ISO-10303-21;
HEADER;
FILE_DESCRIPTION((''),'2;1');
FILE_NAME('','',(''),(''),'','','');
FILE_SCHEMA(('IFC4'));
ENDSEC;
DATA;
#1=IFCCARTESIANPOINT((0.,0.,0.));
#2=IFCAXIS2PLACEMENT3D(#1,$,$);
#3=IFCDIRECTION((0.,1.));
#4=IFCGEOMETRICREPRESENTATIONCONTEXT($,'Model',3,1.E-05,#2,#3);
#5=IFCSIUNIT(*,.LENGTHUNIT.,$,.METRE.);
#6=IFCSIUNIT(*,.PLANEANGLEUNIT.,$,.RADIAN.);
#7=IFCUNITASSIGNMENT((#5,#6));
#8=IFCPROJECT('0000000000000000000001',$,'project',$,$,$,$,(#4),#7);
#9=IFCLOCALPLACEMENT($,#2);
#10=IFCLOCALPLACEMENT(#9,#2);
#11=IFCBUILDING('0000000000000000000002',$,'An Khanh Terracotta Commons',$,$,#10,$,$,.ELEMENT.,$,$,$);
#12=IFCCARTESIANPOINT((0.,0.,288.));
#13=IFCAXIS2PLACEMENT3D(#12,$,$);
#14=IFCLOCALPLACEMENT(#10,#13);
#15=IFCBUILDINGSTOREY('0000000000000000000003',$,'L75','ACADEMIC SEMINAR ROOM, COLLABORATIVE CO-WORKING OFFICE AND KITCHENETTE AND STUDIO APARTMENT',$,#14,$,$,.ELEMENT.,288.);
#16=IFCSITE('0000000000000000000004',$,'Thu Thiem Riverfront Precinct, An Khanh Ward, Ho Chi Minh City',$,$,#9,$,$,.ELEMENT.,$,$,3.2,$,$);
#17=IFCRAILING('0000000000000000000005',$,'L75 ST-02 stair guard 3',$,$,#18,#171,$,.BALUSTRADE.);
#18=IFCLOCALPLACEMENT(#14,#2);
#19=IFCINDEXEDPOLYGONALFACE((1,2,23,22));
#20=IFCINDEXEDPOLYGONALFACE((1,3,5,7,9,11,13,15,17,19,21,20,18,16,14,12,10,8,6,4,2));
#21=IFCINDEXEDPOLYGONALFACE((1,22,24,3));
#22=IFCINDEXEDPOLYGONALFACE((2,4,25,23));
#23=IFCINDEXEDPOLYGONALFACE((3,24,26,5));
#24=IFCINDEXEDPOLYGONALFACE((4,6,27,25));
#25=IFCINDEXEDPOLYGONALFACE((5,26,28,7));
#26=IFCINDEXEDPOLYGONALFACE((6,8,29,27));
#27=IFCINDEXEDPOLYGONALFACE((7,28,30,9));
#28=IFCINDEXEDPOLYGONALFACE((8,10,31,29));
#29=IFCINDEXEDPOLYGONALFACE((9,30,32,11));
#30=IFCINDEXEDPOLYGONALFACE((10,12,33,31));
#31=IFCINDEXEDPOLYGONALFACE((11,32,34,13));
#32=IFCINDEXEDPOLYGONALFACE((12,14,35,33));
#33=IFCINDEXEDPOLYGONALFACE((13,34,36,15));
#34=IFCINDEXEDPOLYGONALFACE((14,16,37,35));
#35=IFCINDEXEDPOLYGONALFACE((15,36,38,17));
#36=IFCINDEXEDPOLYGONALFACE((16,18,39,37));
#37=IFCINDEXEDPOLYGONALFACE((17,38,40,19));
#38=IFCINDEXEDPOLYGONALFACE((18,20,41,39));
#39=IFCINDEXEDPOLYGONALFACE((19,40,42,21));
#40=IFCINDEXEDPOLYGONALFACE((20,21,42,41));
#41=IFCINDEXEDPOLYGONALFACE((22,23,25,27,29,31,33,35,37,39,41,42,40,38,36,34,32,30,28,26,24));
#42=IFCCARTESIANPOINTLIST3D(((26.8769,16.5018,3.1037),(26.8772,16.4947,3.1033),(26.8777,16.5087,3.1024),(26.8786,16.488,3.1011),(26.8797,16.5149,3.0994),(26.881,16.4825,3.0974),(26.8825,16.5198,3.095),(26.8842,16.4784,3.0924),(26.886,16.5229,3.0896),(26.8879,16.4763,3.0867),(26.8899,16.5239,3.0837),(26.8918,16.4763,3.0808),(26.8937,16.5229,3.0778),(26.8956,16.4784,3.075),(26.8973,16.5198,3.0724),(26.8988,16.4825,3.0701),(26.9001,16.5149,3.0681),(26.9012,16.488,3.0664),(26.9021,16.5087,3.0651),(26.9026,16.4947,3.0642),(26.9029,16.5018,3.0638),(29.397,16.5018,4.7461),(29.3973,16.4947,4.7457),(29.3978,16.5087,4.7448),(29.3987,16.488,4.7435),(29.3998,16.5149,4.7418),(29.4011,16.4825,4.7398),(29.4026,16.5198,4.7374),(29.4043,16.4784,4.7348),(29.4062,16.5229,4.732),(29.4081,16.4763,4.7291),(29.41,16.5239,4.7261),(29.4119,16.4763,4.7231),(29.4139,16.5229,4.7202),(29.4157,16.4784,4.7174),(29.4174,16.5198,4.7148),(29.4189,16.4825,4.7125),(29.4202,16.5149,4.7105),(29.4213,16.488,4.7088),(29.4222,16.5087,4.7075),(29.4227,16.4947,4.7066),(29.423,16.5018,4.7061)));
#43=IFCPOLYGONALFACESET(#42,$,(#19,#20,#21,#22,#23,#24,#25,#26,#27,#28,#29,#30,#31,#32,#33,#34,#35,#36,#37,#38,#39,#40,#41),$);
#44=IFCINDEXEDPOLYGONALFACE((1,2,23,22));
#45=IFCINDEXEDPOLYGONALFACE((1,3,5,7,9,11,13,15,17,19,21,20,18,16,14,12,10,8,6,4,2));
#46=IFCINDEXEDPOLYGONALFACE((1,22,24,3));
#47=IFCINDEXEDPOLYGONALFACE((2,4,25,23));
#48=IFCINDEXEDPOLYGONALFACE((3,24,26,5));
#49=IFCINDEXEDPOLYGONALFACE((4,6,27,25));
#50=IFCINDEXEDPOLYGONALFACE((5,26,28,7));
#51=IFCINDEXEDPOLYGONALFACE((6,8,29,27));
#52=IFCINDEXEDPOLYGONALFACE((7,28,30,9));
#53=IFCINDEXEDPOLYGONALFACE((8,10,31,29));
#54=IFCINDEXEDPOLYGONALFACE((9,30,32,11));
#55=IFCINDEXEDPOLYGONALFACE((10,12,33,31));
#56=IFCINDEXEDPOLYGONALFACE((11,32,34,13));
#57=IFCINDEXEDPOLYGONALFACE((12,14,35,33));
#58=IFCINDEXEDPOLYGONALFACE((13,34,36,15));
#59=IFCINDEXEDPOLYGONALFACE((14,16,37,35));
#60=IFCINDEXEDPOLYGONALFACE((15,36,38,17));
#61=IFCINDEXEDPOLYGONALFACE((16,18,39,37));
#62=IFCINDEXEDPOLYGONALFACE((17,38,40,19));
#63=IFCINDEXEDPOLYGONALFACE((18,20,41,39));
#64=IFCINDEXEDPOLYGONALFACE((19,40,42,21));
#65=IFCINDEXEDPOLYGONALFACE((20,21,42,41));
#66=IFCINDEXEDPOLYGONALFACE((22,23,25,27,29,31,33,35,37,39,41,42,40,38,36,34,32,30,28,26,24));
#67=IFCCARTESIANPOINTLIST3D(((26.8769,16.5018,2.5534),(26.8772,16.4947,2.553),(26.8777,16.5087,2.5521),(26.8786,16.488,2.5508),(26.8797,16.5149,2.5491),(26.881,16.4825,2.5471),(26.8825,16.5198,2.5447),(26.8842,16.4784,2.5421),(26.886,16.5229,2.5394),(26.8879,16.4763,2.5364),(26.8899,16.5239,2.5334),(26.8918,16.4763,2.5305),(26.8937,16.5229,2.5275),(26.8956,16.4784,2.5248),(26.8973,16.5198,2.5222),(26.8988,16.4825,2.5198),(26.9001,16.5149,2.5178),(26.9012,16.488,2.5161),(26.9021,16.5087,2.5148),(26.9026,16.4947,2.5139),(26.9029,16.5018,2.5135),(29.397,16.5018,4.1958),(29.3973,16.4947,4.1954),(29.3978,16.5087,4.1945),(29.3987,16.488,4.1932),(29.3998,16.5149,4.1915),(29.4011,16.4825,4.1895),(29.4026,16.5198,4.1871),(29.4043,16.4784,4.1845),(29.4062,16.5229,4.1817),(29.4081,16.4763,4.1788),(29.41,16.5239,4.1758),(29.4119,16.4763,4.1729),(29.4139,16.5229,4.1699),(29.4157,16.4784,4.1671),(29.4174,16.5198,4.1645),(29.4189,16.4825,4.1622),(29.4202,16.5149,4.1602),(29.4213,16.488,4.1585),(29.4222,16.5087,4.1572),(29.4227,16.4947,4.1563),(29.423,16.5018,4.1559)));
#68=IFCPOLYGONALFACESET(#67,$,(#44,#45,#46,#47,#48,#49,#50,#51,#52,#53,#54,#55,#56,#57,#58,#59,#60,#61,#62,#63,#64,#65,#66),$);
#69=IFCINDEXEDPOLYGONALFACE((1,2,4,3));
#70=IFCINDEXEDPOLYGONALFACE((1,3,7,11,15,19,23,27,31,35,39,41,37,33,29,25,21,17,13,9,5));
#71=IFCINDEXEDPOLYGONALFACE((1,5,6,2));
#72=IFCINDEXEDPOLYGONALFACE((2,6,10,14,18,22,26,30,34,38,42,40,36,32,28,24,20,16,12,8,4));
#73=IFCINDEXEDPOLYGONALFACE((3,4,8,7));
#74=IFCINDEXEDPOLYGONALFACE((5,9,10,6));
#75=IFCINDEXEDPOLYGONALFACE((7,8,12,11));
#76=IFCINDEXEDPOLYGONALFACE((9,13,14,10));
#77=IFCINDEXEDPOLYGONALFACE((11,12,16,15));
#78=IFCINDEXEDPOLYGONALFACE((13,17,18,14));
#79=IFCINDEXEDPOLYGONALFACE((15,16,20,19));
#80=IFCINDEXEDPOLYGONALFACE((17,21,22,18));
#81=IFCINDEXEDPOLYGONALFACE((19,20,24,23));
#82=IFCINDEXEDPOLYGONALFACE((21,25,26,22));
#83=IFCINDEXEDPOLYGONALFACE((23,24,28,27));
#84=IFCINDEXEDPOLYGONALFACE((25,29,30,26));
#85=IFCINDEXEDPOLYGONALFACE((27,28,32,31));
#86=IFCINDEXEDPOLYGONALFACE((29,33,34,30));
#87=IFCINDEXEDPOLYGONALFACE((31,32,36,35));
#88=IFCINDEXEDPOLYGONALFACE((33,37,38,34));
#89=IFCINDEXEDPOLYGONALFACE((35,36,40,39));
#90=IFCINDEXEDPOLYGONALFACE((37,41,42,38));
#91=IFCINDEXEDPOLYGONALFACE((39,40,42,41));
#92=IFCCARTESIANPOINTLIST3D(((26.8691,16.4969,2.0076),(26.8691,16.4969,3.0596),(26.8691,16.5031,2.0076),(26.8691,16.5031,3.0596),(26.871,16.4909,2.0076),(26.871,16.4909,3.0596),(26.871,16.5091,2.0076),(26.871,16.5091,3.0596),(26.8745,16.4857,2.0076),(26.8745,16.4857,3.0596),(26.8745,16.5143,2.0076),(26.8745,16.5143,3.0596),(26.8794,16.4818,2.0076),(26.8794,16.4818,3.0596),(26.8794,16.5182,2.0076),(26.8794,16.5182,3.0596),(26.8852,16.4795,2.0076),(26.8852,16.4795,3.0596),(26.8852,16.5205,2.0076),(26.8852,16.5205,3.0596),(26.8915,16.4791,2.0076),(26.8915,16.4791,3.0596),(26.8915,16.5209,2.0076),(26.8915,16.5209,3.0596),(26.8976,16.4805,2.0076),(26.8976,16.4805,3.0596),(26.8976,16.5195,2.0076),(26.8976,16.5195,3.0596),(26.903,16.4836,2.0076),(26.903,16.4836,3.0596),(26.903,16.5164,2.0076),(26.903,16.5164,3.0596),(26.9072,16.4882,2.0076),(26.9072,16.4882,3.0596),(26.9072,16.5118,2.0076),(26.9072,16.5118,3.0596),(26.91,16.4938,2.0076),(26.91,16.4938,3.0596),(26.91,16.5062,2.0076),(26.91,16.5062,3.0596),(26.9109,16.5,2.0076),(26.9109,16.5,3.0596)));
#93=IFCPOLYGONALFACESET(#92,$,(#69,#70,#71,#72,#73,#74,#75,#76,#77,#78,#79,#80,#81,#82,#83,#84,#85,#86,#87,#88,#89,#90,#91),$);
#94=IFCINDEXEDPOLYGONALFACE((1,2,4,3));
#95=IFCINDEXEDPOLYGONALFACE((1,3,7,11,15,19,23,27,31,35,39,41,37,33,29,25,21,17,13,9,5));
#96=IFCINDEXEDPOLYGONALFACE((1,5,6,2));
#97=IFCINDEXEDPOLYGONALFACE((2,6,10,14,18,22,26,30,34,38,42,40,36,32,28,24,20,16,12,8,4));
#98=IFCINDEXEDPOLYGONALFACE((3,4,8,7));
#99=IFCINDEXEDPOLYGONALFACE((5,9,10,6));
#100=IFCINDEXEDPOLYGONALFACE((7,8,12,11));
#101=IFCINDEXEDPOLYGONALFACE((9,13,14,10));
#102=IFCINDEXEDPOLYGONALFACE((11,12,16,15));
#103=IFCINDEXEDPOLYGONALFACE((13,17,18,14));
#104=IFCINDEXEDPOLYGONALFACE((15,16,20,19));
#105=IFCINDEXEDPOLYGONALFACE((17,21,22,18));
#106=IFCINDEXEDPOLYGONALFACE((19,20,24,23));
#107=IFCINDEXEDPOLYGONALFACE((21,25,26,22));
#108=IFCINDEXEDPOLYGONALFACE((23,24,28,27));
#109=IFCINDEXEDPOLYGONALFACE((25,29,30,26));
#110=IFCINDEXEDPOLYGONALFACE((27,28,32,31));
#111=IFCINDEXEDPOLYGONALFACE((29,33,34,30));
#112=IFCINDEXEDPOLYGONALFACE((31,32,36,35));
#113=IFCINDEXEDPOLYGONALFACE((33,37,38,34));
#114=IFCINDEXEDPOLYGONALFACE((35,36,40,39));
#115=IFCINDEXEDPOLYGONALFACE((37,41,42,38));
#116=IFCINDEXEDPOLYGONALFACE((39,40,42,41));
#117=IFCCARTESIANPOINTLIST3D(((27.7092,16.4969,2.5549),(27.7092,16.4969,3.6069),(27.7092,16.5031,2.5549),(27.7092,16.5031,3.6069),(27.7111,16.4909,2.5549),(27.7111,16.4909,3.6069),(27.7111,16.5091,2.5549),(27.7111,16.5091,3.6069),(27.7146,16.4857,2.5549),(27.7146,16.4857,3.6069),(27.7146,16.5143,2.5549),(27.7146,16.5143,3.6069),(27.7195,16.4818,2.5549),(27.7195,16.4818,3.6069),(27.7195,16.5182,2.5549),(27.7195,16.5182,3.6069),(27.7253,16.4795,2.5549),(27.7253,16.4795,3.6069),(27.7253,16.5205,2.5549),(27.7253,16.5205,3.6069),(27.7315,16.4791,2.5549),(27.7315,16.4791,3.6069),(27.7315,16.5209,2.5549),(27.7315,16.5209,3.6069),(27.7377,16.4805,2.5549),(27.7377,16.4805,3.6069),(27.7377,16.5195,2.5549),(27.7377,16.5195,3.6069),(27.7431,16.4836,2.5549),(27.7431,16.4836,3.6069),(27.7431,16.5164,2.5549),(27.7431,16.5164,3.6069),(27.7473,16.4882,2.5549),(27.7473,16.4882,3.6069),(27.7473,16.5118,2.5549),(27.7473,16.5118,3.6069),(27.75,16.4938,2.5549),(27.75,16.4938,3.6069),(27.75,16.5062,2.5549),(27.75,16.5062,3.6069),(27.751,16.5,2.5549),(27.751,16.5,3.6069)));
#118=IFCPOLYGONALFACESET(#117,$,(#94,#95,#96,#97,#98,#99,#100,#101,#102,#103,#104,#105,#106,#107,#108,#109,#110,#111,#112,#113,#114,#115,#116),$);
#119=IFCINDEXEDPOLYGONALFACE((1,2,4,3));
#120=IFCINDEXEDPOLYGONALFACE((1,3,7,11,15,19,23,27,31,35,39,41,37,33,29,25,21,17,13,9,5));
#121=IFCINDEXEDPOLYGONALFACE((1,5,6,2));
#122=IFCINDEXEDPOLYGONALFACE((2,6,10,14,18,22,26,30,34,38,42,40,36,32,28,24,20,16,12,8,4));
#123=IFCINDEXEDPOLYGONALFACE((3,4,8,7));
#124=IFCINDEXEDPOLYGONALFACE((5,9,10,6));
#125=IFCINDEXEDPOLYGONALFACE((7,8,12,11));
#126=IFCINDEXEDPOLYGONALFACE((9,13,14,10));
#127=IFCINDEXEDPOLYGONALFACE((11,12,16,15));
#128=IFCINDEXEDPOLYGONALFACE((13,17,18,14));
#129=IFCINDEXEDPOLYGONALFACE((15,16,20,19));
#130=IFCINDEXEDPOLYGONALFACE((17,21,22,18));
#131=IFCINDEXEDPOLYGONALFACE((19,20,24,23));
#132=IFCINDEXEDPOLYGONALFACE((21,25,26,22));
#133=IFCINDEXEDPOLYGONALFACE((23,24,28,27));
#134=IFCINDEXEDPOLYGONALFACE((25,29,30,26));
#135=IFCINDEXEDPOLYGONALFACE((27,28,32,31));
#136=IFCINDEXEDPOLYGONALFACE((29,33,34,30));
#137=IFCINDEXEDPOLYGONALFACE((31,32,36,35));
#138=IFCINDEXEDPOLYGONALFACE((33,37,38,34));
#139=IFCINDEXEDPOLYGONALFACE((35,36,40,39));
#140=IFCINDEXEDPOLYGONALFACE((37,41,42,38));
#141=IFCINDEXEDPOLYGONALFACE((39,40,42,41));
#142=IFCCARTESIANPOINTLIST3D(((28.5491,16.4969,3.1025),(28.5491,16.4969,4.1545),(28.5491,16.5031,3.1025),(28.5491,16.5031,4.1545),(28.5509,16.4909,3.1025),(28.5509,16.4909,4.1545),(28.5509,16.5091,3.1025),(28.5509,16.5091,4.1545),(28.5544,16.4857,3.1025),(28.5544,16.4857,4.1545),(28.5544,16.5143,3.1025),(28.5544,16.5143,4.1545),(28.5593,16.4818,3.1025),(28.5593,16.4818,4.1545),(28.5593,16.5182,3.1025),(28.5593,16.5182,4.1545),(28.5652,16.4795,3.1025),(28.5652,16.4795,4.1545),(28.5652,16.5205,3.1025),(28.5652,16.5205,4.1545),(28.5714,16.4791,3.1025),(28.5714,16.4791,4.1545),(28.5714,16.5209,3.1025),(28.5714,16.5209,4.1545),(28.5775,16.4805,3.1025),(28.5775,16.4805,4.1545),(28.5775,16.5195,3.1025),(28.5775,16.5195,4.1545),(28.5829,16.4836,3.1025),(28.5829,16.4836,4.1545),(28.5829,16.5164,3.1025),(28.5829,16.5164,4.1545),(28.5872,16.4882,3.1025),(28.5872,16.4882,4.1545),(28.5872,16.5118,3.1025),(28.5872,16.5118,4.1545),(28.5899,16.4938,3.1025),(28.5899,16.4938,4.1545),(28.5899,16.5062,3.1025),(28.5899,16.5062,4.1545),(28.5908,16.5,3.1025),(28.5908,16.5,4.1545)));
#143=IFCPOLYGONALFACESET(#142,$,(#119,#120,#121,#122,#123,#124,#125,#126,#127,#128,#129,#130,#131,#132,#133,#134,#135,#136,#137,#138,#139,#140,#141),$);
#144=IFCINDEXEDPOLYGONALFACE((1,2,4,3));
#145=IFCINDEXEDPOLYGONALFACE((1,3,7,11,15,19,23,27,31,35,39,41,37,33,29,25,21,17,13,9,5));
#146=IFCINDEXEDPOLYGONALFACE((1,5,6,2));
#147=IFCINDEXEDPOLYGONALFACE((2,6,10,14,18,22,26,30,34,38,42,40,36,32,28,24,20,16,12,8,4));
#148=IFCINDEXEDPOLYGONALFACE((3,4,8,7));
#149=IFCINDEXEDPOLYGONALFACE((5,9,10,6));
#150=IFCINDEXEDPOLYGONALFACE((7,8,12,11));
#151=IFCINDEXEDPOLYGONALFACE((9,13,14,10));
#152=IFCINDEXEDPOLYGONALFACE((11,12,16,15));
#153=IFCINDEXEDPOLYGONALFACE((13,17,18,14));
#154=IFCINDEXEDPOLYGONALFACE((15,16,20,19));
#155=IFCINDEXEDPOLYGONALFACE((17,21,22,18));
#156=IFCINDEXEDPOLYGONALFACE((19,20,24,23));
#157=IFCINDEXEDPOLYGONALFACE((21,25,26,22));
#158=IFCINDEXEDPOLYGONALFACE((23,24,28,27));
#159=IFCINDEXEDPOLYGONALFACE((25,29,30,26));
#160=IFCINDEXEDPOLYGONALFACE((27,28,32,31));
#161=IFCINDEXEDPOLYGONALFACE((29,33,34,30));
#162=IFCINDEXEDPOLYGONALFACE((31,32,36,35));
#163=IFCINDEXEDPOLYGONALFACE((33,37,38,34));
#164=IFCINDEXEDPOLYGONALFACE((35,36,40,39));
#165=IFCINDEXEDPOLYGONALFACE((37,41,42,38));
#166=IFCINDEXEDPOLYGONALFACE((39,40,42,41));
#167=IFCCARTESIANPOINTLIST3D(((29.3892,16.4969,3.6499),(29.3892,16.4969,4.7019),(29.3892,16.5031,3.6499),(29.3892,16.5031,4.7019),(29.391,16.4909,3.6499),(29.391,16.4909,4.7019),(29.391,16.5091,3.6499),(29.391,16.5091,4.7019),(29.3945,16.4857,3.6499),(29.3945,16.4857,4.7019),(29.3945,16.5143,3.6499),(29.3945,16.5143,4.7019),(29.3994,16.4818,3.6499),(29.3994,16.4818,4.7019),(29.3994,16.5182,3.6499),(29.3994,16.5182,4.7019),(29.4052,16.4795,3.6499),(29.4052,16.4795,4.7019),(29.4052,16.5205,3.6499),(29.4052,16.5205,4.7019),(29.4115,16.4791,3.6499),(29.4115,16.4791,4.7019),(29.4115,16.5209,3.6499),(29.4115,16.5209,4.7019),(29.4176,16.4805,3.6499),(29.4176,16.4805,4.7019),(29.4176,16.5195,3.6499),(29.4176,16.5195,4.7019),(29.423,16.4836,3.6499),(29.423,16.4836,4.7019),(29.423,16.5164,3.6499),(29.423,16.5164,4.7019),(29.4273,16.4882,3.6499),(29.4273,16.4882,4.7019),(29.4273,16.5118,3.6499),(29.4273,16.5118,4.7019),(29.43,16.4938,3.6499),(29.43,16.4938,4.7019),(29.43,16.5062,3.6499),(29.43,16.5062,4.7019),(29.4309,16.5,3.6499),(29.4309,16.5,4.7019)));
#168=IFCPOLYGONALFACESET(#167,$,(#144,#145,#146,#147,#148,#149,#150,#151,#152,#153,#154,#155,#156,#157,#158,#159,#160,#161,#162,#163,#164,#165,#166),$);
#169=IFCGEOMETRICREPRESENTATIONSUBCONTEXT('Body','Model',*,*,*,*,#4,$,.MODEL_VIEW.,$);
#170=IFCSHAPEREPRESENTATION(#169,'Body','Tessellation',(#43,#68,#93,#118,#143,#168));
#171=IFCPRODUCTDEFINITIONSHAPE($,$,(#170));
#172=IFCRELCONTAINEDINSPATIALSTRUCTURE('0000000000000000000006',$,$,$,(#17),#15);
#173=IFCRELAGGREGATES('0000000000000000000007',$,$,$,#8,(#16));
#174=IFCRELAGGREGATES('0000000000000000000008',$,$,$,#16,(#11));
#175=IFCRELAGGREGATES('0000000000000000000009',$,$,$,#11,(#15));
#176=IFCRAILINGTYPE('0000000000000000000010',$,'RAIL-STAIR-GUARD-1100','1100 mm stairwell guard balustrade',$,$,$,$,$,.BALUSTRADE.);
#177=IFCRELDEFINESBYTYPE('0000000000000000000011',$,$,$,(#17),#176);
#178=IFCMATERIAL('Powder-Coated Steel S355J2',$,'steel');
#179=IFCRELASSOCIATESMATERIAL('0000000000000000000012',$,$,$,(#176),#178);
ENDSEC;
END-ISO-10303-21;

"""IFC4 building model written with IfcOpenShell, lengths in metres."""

from ifc_helpers import new_model, si_unit, direction, frame, origin, origin_2d, place, context, subcontext, project, spatial, circle, extrude, material, type_object, element, save


model = new_model("IFC4")

# Units and contexts
model_context = context("Model", 3, precision=1e-05, world=origin(), true_north=direction((0.0, 1.0)))
body_context = subcontext(model_context, "Body", "Model", "MODEL_VIEW")
ifc_project = project(units=[si_unit("LENGTHUNIT", "METRE"), si_unit("PLANEANGLEUNIT", "RADIAN")], contexts=[model_context])

# Site, building, storey
site_placement = place(None, origin())
site = spatial("IfcSite", under=ifc_project, at=site_placement, Name="Thu Thiem Riverfront Precinct, An Khanh Ward, Ho Chi Minh City", CompositionType="ELEMENT", RefElevation=3.2)
building_placement = place(site_placement, origin())
building = spatial("IfcBuilding", under=site, at=building_placement, Name="An Khanh Terracotta Commons", CompositionType="ELEMENT")
storey_placement = place(building_placement, frame((0.0, 0.0, 288.0)))
storey = spatial("IfcBuildingStorey", under=building, at=storey_placement, Name="L75", Description="ACADEMIC SEMINAR ROOM, COLLABORATIVE CO-WORKING OFFICE AND KITCHENETTE AND STUDIO APARTMENT", CompositionType="ELEMENT", Elevation=288.0)

# Railing
ifc_material_1 = material(Name="Powder-Coated Steel S355J2", Category="steel")
railing_type_1 = type_object("IfcRailingType", Name="RAIL-STAIR-GUARD-1100", Description="1100 mm stairwell guard balustrade", PredefinedType="BALUSTRADE", material=ifc_material_1)
railing_1_placement = place(storey_placement, frame((26.8899, 16.5, 2.0076)))
element("IfcRailing", 1, at=railing_1_placement, inside=storey, type_object=railing_type_1, Name="L75 ST-02 stair guard 3", PredefinedType="BALUSTRADE", context=body_context, shape_type="SweptSolid", body=[
    extrude(circle(Radius=0.0239, at=origin_2d()), frame((0.0, 0.0, 1.0762), z_axis=(0.837787, 0.0, 0.545998), x_axis=(0.0, 1.0, 0.0)), (0.0, 0.0, 1.0), 3.0081),
    extrude(circle(Radius=0.0239, at=origin_2d()), frame((0.0, 0.0, 0.5259), z_axis=(0.837787, 0.0, 0.545998), x_axis=(0.0, 1.0, 0.0)), (0.0, 0.0, 1.0), 3.0081),
    extrude(circle(Radius=0.021, at=origin_2d()), origin(), (0.0, 0.0, 1.0), 1.052),
    extrude(circle(Radius=0.021, at=origin_2d()), frame((0.8401, 0.0, 0.5474)), (0.0, 0.0, 1.0), 1.052),
    extrude(circle(Radius=0.021, at=origin_2d()), frame((1.6799, 0.0, 1.095)), (0.0, 0.0, 1.0), 1.052),
    extrude(circle(Radius=0.021, at=origin_2d()), frame((2.52, 0.0, 1.6423)), (0.0, 0.0, 1.0), 1.052),
])

save(model, "model.ifc")
